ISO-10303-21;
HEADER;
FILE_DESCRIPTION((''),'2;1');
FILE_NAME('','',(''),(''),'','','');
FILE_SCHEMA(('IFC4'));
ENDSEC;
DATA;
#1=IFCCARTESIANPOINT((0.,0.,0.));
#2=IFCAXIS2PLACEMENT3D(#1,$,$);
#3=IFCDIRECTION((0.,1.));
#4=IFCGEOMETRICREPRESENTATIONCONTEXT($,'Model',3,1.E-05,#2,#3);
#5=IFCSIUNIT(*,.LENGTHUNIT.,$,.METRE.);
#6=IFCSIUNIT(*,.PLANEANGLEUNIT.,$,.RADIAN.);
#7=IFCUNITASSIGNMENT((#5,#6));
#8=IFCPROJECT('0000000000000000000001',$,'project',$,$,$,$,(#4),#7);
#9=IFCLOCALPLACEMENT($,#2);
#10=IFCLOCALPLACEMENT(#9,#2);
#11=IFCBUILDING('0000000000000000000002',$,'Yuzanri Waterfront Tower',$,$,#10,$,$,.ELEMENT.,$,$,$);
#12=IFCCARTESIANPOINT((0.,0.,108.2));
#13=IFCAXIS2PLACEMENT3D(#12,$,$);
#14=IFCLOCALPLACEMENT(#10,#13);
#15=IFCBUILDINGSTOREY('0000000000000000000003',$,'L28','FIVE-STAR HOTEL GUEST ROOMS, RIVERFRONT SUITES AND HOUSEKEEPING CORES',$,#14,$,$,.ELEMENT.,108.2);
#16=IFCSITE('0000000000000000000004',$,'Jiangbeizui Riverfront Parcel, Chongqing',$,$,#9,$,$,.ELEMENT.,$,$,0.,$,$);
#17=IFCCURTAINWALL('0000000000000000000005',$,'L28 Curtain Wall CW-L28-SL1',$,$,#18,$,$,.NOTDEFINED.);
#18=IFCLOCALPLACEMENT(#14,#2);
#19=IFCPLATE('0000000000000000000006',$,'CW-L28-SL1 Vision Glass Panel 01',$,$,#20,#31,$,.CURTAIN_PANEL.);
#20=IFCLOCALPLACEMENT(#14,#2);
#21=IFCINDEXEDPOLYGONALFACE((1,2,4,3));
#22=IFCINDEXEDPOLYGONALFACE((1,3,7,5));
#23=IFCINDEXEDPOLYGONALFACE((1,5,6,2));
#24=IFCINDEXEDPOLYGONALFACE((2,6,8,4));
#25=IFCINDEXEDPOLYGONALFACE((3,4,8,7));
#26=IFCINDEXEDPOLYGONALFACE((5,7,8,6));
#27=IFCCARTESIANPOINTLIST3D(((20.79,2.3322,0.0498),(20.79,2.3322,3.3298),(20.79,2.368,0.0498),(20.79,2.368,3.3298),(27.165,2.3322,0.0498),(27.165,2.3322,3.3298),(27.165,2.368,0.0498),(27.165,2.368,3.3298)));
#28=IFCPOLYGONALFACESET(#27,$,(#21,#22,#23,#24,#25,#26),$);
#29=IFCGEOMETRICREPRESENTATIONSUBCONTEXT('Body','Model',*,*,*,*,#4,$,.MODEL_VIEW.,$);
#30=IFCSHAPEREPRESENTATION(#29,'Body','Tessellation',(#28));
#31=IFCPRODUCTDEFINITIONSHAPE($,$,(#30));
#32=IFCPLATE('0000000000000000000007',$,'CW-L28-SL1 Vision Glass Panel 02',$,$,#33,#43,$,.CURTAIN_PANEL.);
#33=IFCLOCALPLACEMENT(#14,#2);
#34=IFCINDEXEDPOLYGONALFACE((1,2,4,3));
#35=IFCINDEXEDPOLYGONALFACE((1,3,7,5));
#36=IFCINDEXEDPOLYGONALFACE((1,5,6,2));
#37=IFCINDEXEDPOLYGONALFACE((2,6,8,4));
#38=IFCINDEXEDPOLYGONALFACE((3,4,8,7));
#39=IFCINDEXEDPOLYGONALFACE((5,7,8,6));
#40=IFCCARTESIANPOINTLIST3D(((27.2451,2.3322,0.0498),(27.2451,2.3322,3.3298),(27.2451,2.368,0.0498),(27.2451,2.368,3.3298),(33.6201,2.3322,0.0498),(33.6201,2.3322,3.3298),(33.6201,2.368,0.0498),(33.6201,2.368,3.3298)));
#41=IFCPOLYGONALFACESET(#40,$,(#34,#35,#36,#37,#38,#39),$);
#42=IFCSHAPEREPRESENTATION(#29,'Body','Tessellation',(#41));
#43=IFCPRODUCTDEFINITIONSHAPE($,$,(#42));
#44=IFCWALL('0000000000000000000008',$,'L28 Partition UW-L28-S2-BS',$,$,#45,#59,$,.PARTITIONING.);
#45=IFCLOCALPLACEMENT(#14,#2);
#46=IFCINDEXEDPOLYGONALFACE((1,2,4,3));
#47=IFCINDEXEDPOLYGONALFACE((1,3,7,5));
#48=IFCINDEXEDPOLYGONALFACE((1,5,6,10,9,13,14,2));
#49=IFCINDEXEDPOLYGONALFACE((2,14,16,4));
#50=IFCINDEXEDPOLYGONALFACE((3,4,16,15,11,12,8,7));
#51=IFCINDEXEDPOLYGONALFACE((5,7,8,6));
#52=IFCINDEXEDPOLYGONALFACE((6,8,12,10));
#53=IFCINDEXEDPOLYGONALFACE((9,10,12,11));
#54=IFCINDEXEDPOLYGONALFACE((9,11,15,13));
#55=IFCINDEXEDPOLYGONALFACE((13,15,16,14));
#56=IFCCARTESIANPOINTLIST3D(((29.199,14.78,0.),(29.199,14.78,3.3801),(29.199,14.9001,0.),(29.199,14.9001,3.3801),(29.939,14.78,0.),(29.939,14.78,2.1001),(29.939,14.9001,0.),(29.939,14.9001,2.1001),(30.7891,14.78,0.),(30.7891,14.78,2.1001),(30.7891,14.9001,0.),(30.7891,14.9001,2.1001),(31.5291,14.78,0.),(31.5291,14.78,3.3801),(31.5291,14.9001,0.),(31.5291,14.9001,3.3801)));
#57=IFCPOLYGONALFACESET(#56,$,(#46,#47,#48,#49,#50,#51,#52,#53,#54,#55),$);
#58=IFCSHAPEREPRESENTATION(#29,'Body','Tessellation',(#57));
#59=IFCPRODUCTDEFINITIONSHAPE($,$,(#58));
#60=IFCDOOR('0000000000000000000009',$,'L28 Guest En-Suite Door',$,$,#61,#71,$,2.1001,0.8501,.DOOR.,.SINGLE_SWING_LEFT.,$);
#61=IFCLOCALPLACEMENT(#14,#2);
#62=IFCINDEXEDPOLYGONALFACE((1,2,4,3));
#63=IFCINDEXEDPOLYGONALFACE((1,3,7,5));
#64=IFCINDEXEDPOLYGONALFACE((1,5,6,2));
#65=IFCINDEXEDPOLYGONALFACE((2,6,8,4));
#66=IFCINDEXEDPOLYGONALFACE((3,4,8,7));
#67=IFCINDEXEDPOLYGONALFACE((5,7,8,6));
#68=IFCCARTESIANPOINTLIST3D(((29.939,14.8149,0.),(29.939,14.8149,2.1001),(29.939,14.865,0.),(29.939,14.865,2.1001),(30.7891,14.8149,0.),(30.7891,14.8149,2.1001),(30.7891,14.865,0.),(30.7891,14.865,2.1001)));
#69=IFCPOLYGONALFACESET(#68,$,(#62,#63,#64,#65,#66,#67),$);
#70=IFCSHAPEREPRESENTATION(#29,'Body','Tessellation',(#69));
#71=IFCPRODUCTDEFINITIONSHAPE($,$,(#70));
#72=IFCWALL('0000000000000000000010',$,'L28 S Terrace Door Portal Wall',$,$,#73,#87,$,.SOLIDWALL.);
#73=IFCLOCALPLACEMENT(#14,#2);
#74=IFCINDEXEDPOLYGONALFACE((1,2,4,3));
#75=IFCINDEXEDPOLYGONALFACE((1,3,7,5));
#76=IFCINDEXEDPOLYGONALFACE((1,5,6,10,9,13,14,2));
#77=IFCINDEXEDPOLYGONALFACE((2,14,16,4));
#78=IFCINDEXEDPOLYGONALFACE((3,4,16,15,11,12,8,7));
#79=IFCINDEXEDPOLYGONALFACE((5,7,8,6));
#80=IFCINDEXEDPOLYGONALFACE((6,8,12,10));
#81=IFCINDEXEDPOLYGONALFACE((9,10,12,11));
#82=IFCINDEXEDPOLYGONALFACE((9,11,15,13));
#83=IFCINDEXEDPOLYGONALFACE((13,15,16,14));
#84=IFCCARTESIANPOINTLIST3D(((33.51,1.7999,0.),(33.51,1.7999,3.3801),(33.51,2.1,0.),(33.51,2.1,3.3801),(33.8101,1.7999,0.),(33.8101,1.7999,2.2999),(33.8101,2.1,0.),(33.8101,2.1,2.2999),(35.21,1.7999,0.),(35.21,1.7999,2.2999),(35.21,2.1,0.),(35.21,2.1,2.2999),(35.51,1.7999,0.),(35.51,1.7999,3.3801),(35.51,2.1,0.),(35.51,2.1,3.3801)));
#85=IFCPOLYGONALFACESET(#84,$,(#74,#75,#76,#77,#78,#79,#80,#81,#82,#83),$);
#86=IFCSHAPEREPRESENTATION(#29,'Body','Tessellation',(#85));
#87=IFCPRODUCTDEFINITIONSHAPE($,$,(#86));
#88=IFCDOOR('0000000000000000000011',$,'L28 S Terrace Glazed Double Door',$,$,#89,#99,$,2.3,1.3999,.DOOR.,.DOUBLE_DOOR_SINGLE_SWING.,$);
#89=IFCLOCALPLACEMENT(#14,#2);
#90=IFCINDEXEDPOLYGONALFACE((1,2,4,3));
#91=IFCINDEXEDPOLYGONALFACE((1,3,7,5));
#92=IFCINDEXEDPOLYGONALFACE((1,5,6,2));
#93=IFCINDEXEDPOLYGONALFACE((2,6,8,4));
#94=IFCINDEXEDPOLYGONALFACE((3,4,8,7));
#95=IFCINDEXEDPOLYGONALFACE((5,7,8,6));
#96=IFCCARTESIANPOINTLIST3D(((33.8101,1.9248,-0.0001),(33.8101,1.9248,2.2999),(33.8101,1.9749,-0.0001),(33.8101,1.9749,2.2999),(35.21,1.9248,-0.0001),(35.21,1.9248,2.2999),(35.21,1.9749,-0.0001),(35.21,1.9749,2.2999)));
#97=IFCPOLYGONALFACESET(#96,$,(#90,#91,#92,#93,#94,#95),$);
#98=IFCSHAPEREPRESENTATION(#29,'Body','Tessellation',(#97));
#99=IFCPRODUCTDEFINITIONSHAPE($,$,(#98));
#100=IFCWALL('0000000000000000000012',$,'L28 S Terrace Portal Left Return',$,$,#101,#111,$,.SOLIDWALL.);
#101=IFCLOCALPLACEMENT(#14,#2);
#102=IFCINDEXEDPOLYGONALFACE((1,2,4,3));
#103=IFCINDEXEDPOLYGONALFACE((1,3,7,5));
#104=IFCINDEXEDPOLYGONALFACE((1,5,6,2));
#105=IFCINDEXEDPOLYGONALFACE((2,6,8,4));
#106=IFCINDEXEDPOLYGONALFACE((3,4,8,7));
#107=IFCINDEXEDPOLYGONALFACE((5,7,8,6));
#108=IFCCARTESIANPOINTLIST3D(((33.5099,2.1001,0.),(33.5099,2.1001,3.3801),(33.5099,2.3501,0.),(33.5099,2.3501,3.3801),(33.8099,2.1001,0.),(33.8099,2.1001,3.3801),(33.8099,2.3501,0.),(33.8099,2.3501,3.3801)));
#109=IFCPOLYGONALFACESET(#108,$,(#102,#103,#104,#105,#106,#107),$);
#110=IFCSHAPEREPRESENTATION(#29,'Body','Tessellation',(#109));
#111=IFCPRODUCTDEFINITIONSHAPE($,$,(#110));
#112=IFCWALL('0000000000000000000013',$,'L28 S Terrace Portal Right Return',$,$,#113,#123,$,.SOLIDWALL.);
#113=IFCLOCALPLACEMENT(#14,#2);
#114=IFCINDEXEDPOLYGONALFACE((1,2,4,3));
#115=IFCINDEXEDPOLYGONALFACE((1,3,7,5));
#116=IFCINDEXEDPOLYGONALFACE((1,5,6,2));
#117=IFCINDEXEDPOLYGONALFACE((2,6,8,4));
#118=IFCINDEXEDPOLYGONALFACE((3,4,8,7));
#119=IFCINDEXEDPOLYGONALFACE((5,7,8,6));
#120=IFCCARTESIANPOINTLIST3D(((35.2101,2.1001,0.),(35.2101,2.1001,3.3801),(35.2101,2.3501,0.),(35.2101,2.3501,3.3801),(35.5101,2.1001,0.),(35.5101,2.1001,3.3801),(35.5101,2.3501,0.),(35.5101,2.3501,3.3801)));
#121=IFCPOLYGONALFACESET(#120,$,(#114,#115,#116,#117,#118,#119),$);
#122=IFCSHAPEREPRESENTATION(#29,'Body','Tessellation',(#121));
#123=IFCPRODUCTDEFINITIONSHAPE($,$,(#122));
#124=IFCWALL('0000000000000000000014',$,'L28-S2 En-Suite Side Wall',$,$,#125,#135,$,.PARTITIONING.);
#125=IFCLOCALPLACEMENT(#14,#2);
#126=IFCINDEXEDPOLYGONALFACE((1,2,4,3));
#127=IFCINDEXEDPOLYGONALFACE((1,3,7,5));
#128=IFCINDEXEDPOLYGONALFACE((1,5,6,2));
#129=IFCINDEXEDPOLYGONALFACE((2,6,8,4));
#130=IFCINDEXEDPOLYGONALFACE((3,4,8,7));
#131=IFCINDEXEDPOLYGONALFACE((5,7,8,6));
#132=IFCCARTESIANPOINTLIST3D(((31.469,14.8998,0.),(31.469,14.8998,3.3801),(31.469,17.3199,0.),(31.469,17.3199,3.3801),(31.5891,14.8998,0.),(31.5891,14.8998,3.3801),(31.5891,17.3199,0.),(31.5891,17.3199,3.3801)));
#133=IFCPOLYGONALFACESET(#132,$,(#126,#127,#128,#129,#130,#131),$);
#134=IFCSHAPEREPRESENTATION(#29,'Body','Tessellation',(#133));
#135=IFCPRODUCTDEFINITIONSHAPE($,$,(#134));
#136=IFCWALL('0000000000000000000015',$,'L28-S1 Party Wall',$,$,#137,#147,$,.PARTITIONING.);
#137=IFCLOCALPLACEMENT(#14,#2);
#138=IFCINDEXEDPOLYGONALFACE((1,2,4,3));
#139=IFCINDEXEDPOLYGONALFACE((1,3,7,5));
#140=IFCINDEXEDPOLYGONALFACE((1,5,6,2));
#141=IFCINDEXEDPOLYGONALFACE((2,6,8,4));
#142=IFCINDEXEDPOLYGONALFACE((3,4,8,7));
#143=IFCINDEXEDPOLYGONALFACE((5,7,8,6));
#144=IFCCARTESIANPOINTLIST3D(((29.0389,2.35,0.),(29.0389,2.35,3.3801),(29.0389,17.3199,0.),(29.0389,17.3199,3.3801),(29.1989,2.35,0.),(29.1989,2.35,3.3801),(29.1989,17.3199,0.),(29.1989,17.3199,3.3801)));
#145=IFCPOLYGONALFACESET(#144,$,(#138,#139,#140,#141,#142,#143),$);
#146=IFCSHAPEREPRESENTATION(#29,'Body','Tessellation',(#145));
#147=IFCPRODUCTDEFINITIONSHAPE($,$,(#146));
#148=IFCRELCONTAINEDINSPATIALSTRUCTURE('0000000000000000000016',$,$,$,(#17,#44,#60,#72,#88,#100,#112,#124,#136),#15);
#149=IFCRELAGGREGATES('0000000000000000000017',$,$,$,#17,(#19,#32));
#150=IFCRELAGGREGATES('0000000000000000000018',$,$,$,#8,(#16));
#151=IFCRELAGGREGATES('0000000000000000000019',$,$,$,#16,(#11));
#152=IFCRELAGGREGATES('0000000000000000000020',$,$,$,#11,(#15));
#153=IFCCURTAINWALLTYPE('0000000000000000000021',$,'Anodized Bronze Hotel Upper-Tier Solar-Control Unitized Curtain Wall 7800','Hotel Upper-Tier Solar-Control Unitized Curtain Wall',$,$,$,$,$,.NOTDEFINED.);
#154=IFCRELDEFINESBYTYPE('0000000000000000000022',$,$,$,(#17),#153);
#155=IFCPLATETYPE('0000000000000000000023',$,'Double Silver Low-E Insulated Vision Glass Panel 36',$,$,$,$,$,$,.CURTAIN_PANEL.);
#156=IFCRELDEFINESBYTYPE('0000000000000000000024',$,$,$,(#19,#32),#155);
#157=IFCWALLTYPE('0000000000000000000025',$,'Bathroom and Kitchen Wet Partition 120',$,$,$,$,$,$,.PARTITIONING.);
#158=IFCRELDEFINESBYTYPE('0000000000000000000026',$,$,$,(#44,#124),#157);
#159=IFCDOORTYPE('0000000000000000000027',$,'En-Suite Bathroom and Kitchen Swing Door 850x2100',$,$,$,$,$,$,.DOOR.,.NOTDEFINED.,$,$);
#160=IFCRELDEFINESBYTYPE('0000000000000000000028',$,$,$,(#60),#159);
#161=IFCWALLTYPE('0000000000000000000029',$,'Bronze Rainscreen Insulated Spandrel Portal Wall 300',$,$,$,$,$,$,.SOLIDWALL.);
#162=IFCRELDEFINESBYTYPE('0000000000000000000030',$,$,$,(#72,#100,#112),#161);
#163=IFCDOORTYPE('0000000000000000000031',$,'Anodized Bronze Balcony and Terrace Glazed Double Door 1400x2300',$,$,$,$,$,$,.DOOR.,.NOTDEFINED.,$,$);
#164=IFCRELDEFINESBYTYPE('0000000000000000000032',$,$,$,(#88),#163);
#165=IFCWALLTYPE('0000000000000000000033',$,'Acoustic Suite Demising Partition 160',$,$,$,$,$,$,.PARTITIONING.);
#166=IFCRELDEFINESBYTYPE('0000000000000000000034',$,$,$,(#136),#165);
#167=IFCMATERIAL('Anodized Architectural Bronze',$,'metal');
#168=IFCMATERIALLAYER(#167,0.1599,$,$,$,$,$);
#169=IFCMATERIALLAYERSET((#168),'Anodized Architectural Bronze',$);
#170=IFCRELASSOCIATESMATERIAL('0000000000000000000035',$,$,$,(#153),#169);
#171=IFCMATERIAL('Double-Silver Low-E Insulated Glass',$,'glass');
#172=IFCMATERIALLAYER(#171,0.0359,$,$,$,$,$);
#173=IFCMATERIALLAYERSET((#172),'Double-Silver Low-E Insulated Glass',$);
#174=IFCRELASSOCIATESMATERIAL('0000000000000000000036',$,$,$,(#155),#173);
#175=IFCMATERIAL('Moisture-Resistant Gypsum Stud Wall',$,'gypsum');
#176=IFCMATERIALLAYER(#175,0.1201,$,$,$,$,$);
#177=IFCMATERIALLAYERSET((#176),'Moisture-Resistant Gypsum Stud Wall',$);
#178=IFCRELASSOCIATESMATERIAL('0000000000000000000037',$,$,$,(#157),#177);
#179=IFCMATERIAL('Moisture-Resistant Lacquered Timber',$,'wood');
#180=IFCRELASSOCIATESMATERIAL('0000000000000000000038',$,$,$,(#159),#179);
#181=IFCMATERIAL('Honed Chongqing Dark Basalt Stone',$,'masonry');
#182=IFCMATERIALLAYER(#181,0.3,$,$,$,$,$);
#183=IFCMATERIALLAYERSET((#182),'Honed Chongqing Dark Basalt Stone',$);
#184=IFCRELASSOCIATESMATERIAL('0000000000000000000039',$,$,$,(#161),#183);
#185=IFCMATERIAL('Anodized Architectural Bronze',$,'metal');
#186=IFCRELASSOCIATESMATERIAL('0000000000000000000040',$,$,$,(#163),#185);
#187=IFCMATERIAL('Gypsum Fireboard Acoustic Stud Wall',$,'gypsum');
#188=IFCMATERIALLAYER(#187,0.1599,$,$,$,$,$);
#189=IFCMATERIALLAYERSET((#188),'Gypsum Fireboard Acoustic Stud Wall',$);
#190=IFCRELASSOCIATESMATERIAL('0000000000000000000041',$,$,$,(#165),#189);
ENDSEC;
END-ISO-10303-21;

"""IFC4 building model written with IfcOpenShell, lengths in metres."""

from ifc_helpers import new_model, si_unit, direction, frame, frame_2d, origin, origin_2d, place, context, subcontext, project, spatial, rectangle, extrude, source, transform, mapped, material, layer, layer_set, type_object, element, fill, aggregate, save


model = new_model("IFC4")

# Units and contexts
model_context = context("Model", 3, precision=1e-05, world=origin(), true_north=direction((0.0, 1.0)))
body_context = subcontext(model_context, "Body", "Model", "MODEL_VIEW")
ifc_project = project(units=[si_unit("LENGTHUNIT", "METRE"), si_unit("PLANEANGLEUNIT", "RADIAN")], contexts=[model_context])

# Site, building, storey
site_placement = place(None, origin())
site = spatial("IfcSite", under=ifc_project, at=site_placement, Name="Jiangbeizui Riverfront Parcel, Chongqing", CompositionType="ELEMENT", RefElevation=0.0)
building_placement = place(site_placement, origin())
building = spatial("IfcBuilding", under=site, at=building_placement, Name="Yuzanri Waterfront Tower", CompositionType="ELEMENT")
storey_placement = place(building_placement, frame((0.0, 0.0, 108.2)))
storey = spatial("IfcBuildingStorey", under=building, at=storey_placement, Name="L28", Description="FIVE-STAR HOTEL GUEST ROOMS, RIVERFRONT SUITES AND HOUSEKEEPING CORES", CompositionType="ELEMENT", Elevation=108.2)

# Curtain wall
ifc_material_1 = material(Name="Anodized Architectural Bronze", Category="metal")
ifc_layer_1 = layer(ifc_material_1, 0.1599)
ifc_layer_set_1 = layer_set([ifc_layer_1], Name="Anodized Architectural Bronze")
curtain_wall_type = type_object("IfcCurtainWallType", Name="Anodized Bronze Hotel Upper-Tier Solar-Control Unitized Curtain Wall 7800", Description="Hotel Upper-Tier Solar-Control Unitized Curtain Wall", PredefinedType="NOTDEFINED", material=ifc_layer_set_1)
curtain_wall_1_placement = place(storey_placement, origin())
curtain_wall_1 = element("IfcCurtainWall", 1, at=curtain_wall_1_placement, inside=storey, type_object=curtain_wall_type, Name="L28 Curtain Wall CW-L28-SL1", PredefinedType="NOTDEFINED")

# Plates
ifc_material_2 = material(Name="Double-Silver Low-E Insulated Glass", Category="glass")
ifc_layer_2 = layer(ifc_material_2, 0.0359)
ifc_layer_set_2 = layer_set([ifc_layer_2], Name="Double-Silver Low-E Insulated Glass")
plate_type = type_object("IfcPlateType", Name="Double Silver Low-E Insulated Vision Glass Panel 36", PredefinedType="CURTAIN_PANEL", material=ifc_layer_set_2)
shared_shape_1 = source(origin(), body_context, "Body", "SweptSolid", [
    extrude(rectangle(XDim=6.375, YDim=0.0359, at=origin_2d()), origin(), (0.0, 0.0, 1.0), 3.28),
])
plate_1_placement = place(storey_placement, frame((23.9775, 2.3501, 0.0498), z_axis=(0.0, 0.0, 1.0), x_axis=(1.0, 0.0, 0.0)))
plate_1 = element("IfcPlate", 2, at=plate_1_placement, type_object=plate_type, Name="CW-L28-SL1 Vision Glass Panel 01", PredefinedType="CURTAIN_PANEL", context=body_context, shape_type="MappedRepresentation", body=[
    mapped(shared_shape_1, transform((0.0, 0.0, 0.0), scale=1.0)),
])
plate_2_placement = place(storey_placement, frame((30.4326, 2.3501, 0.0498), z_axis=(0.0, 0.0, 1.0), x_axis=(1.0, 0.0, 0.0)))
plate_2 = element("IfcPlate", 3, at=plate_2_placement, type_object=plate_type, Name="CW-L28-SL1 Vision Glass Panel 02", PredefinedType="CURTAIN_PANEL", context=body_context, shape_type="MappedRepresentation", body=[
    mapped(shared_shape_1, transform((0.0, 0.0, 0.0), scale=1.0)),
])
aggregate(curtain_wall_1, [plate_1, plate_2])

# Walls, openings, doors
ifc_material_3 = material(Name="Moisture-Resistant Gypsum Stud Wall", Category="gypsum")
ifc_layer_3 = layer(ifc_material_3, 0.1201)
ifc_layer_set_3 = layer_set([ifc_layer_3], Name="Moisture-Resistant Gypsum Stud Wall")
wall_type_1 = type_object("IfcWallType", Name="Bathroom and Kitchen Wet Partition 120", PredefinedType="PARTITIONING", material=ifc_layer_set_3)
wall_1_placement = place(storey_placement, frame((29.199, 14.8401, 0.0), z_axis=(0.0, 0.0, 1.0), x_axis=(1.0, 0.0, 0.0)))
wall_1 = element("IfcWall", 4, at=wall_1_placement, inside=storey, type_object=wall_type_1, Name="L28 Partition UW-L28-S2-BS", PredefinedType="PARTITIONING", context=body_context, shape_type="SweptSolid", body=[
    extrude(rectangle(XDim=2.3301, YDim=0.1201, at=frame_2d((1.165, 0.0))), origin(), (0.0, 0.0, 1.0), 3.3801),
])
opening_1_placement = place(wall_1_placement, frame((0.74, 0.0, 0.0)))
opening_1 = element("IfcOpeningElement", 5, at=opening_1_placement, cuts=wall_1, PredefinedType="OPENING", context=body_context, shape_type="SweptSolid", body=[
    extrude(rectangle(XDim=0.8501, YDim=2.1001, at=frame_2d((0.425, 1.05))), frame((0.0, 0.075, 0.0), z_axis=(0.0, -1.0, 0.0), x_axis=(1.0, 0.0, 0.0)), (0.0, 0.0, 1.0), 0.1499),
])
ifc_material_4 = material(Name="Moisture-Resistant Lacquered Timber", Category="wood")
door_type_1 = type_object("IfcDoorType", Name="En-Suite Bathroom and Kitchen Swing Door 850x2100", OperationType="NOTDEFINED", PredefinedType="DOOR", material=ifc_material_4)
shared_shape_2 = source(origin(), body_context, "Body", "SweptSolid", [
    extrude(rectangle(XDim=0.8501, YDim=2.1001, at=frame_2d((0.425, 1.05))), frame((0.0, 0.0249, 0.0), z_axis=(0.0, -1.0, 0.0), x_axis=(1.0, 0.0, 0.0)), (0.0, 0.0, 1.0), 0.05),
])
door_1_placement = place(opening_1_placement, origin())
door_1 = element("IfcDoor", 6, at=door_1_placement, inside=storey, type_object=door_type_1, Name="L28 Guest En-Suite Door", OperationType="SINGLE_SWING_LEFT", OverallHeight=2.1001, OverallWidth=0.8501, PredefinedType="DOOR", context=body_context, shape_type="MappedRepresentation", body=[
    mapped(shared_shape_2, transform((0.0, 0.0, 0.0), scale=1.0)),
])
fill(opening_1, door_1)
ifc_material_5 = material(Name="Honed Chongqing Dark Basalt Stone", Category="masonry")
ifc_layer_4 = layer(ifc_material_5, 0.3)
ifc_layer_set_4 = layer_set([ifc_layer_4], Name="Honed Chongqing Dark Basalt Stone")
wall_type_2 = type_object("IfcWallType", Name="Bronze Rainscreen Insulated Spandrel Portal Wall 300", PredefinedType="SOLIDWALL", material=ifc_layer_set_4)
wall_2_placement = place(storey_placement, frame((33.51, 1.95, 0.0), z_axis=(0.0, 0.0, 1.0), x_axis=(1.0, 0.0, 0.0)))
wall_2 = element("IfcWall", 7, at=wall_2_placement, inside=storey, type_object=wall_type_2, Name="L28 S Terrace Door Portal Wall", PredefinedType="SOLIDWALL", context=body_context, shape_type="SweptSolid", body=[
    extrude(rectangle(XDim=2.0, YDim=0.3, at=frame_2d((1.0, 0.0))), origin(), (0.0, 0.0, 1.0), 3.3801),
])
opening_2_placement = place(wall_2_placement, frame((0.3, 0.0, 0.0)))
opening_2 = element("IfcOpeningElement", 8, at=opening_2_placement, cuts=wall_2, PredefinedType="OPENING", context=body_context, shape_type="SweptSolid", body=[
    extrude(rectangle(XDim=1.3999, YDim=2.3, at=frame_2d((0.7, 1.1499))), frame((0.0, 0.165, 0.0), z_axis=(0.0, -1.0, 0.0), x_axis=(1.0, 0.0, 0.0)), (0.0, 0.0, 1.0), 0.3298),
])
ifc_material_6 = material(Name="Anodized Architectural Bronze", Category="metal")
door_type_2 = type_object("IfcDoorType", Name="Anodized Bronze Balcony and Terrace Glazed Double Door 1400x2300", OperationType="NOTDEFINED", PredefinedType="DOOR", material=ifc_material_6)
shared_shape_3 = source(origin(), body_context, "Body", "SweptSolid", [
    extrude(rectangle(XDim=1.3999, YDim=2.3, at=frame_2d((0.7, 1.1499))), frame((0.0, 0.0249, 0.0), z_axis=(0.0, -1.0, 0.0), x_axis=(1.0, 0.0, 0.0)), (0.0, 0.0, 1.0), 0.05),
])
door_2_placement = place(opening_2_placement, origin())
door_2 = element("IfcDoor", 9, at=door_2_placement, inside=storey, type_object=door_type_2, Name="L28 S Terrace Glazed Double Door", OperationType="DOUBLE_DOOR_SINGLE_SWING", OverallHeight=2.3, OverallWidth=1.3999, PredefinedType="DOOR", context=body_context, shape_type="MappedRepresentation", body=[
    mapped(shared_shape_3, transform((0.0, 0.0, 0.0), scale=1.0)),
])
fill(opening_2, door_2)

# Walls
shared_shape_4 = source(origin(), body_context, "Body", "SweptSolid", [
    extrude(rectangle(XDim=0.25, YDim=0.3, at=frame_2d((0.125, 0.0))), origin(), (0.0, 0.0, 1.0), 3.3801),
])
for number, where, z_axis, x_axis, name in (
    (10, (33.6599, 2.3501, 0.0), (0.0, 0.0, 1.0), (0.0, -1.0, 0.0), "L28 S Terrace Portal Left Return"),
    (11, (35.3601, 2.1001, 0.0), (0.0, 0.0, 1.0), (0.0, 1.0, 0.0), "L28 S Terrace Portal Right Return"),
):
    element("IfcWall", number, at=place(storey_placement, frame(where, z_axis=z_axis, x_axis=x_axis)), inside=storey, type_object=wall_type_2, Name=name, PredefinedType="SOLIDWALL", context=body_context, shape_type="MappedRepresentation", body=[
        mapped(shared_shape_4, transform((0.0, 0.0, 0.0), scale=1.0)),
    ])
shared_shape_5 = source(origin(), body_context, "Body", "SweptSolid", [
    extrude(rectangle(XDim=2.4202, YDim=0.1201, at=frame_2d((1.21, 0.0))), origin(), (0.0, 0.0, 1.0), 3.3801),
])
wall_3_placement = place(storey_placement, frame((31.5291, 14.8999, 0.0), z_axis=(0.0, 0.0, 1.0), x_axis=(0.0, 1.0, 0.0)))
element("IfcWall", 12, at=wall_3_placement, inside=storey, type_object=wall_type_1, Name="L28-S2 En-Suite Side Wall", PredefinedType="PARTITIONING", context=body_context, shape_type="MappedRepresentation", body=[
    mapped(shared_shape_5, transform((0.0, 0.0, 0.0), scale=1.0)),
])
ifc_material_7 = material(Name="Gypsum Fireboard Acoustic Stud Wall", Category="gypsum")
ifc_layer_5 = layer(ifc_material_7, 0.1599)
ifc_layer_set_5 = layer_set([ifc_layer_5], Name="Gypsum Fireboard Acoustic Stud Wall")
wall_type_3 = type_object("IfcWallType", Name="Acoustic Suite Demising Partition 160", PredefinedType="PARTITIONING", material=ifc_layer_set_5)
shared_shape_6 = source(origin(), body_context, "Body", "SweptSolid", [
    extrude(rectangle(XDim=14.97, YDim=0.1599, at=frame_2d((7.4849, 0.0))), origin(), (0.0, 0.0, 1.0), 3.3801),
])
wall_4_placement = place(storey_placement, frame((29.1189, 2.3501, 0.0), z_axis=(0.0, 0.0, 1.0), x_axis=(0.0, 1.0, 0.0)))
element("IfcWall", 13, at=wall_4_placement, inside=storey, type_object=wall_type_3, Name="L28-S1 Party Wall", PredefinedType="PARTITIONING", context=body_context, shape_type="MappedRepresentation", body=[
    mapped(shared_shape_6, transform((0.0, 0.0, 0.0), scale=1.0)),
])

save(model, "model.ifc")
